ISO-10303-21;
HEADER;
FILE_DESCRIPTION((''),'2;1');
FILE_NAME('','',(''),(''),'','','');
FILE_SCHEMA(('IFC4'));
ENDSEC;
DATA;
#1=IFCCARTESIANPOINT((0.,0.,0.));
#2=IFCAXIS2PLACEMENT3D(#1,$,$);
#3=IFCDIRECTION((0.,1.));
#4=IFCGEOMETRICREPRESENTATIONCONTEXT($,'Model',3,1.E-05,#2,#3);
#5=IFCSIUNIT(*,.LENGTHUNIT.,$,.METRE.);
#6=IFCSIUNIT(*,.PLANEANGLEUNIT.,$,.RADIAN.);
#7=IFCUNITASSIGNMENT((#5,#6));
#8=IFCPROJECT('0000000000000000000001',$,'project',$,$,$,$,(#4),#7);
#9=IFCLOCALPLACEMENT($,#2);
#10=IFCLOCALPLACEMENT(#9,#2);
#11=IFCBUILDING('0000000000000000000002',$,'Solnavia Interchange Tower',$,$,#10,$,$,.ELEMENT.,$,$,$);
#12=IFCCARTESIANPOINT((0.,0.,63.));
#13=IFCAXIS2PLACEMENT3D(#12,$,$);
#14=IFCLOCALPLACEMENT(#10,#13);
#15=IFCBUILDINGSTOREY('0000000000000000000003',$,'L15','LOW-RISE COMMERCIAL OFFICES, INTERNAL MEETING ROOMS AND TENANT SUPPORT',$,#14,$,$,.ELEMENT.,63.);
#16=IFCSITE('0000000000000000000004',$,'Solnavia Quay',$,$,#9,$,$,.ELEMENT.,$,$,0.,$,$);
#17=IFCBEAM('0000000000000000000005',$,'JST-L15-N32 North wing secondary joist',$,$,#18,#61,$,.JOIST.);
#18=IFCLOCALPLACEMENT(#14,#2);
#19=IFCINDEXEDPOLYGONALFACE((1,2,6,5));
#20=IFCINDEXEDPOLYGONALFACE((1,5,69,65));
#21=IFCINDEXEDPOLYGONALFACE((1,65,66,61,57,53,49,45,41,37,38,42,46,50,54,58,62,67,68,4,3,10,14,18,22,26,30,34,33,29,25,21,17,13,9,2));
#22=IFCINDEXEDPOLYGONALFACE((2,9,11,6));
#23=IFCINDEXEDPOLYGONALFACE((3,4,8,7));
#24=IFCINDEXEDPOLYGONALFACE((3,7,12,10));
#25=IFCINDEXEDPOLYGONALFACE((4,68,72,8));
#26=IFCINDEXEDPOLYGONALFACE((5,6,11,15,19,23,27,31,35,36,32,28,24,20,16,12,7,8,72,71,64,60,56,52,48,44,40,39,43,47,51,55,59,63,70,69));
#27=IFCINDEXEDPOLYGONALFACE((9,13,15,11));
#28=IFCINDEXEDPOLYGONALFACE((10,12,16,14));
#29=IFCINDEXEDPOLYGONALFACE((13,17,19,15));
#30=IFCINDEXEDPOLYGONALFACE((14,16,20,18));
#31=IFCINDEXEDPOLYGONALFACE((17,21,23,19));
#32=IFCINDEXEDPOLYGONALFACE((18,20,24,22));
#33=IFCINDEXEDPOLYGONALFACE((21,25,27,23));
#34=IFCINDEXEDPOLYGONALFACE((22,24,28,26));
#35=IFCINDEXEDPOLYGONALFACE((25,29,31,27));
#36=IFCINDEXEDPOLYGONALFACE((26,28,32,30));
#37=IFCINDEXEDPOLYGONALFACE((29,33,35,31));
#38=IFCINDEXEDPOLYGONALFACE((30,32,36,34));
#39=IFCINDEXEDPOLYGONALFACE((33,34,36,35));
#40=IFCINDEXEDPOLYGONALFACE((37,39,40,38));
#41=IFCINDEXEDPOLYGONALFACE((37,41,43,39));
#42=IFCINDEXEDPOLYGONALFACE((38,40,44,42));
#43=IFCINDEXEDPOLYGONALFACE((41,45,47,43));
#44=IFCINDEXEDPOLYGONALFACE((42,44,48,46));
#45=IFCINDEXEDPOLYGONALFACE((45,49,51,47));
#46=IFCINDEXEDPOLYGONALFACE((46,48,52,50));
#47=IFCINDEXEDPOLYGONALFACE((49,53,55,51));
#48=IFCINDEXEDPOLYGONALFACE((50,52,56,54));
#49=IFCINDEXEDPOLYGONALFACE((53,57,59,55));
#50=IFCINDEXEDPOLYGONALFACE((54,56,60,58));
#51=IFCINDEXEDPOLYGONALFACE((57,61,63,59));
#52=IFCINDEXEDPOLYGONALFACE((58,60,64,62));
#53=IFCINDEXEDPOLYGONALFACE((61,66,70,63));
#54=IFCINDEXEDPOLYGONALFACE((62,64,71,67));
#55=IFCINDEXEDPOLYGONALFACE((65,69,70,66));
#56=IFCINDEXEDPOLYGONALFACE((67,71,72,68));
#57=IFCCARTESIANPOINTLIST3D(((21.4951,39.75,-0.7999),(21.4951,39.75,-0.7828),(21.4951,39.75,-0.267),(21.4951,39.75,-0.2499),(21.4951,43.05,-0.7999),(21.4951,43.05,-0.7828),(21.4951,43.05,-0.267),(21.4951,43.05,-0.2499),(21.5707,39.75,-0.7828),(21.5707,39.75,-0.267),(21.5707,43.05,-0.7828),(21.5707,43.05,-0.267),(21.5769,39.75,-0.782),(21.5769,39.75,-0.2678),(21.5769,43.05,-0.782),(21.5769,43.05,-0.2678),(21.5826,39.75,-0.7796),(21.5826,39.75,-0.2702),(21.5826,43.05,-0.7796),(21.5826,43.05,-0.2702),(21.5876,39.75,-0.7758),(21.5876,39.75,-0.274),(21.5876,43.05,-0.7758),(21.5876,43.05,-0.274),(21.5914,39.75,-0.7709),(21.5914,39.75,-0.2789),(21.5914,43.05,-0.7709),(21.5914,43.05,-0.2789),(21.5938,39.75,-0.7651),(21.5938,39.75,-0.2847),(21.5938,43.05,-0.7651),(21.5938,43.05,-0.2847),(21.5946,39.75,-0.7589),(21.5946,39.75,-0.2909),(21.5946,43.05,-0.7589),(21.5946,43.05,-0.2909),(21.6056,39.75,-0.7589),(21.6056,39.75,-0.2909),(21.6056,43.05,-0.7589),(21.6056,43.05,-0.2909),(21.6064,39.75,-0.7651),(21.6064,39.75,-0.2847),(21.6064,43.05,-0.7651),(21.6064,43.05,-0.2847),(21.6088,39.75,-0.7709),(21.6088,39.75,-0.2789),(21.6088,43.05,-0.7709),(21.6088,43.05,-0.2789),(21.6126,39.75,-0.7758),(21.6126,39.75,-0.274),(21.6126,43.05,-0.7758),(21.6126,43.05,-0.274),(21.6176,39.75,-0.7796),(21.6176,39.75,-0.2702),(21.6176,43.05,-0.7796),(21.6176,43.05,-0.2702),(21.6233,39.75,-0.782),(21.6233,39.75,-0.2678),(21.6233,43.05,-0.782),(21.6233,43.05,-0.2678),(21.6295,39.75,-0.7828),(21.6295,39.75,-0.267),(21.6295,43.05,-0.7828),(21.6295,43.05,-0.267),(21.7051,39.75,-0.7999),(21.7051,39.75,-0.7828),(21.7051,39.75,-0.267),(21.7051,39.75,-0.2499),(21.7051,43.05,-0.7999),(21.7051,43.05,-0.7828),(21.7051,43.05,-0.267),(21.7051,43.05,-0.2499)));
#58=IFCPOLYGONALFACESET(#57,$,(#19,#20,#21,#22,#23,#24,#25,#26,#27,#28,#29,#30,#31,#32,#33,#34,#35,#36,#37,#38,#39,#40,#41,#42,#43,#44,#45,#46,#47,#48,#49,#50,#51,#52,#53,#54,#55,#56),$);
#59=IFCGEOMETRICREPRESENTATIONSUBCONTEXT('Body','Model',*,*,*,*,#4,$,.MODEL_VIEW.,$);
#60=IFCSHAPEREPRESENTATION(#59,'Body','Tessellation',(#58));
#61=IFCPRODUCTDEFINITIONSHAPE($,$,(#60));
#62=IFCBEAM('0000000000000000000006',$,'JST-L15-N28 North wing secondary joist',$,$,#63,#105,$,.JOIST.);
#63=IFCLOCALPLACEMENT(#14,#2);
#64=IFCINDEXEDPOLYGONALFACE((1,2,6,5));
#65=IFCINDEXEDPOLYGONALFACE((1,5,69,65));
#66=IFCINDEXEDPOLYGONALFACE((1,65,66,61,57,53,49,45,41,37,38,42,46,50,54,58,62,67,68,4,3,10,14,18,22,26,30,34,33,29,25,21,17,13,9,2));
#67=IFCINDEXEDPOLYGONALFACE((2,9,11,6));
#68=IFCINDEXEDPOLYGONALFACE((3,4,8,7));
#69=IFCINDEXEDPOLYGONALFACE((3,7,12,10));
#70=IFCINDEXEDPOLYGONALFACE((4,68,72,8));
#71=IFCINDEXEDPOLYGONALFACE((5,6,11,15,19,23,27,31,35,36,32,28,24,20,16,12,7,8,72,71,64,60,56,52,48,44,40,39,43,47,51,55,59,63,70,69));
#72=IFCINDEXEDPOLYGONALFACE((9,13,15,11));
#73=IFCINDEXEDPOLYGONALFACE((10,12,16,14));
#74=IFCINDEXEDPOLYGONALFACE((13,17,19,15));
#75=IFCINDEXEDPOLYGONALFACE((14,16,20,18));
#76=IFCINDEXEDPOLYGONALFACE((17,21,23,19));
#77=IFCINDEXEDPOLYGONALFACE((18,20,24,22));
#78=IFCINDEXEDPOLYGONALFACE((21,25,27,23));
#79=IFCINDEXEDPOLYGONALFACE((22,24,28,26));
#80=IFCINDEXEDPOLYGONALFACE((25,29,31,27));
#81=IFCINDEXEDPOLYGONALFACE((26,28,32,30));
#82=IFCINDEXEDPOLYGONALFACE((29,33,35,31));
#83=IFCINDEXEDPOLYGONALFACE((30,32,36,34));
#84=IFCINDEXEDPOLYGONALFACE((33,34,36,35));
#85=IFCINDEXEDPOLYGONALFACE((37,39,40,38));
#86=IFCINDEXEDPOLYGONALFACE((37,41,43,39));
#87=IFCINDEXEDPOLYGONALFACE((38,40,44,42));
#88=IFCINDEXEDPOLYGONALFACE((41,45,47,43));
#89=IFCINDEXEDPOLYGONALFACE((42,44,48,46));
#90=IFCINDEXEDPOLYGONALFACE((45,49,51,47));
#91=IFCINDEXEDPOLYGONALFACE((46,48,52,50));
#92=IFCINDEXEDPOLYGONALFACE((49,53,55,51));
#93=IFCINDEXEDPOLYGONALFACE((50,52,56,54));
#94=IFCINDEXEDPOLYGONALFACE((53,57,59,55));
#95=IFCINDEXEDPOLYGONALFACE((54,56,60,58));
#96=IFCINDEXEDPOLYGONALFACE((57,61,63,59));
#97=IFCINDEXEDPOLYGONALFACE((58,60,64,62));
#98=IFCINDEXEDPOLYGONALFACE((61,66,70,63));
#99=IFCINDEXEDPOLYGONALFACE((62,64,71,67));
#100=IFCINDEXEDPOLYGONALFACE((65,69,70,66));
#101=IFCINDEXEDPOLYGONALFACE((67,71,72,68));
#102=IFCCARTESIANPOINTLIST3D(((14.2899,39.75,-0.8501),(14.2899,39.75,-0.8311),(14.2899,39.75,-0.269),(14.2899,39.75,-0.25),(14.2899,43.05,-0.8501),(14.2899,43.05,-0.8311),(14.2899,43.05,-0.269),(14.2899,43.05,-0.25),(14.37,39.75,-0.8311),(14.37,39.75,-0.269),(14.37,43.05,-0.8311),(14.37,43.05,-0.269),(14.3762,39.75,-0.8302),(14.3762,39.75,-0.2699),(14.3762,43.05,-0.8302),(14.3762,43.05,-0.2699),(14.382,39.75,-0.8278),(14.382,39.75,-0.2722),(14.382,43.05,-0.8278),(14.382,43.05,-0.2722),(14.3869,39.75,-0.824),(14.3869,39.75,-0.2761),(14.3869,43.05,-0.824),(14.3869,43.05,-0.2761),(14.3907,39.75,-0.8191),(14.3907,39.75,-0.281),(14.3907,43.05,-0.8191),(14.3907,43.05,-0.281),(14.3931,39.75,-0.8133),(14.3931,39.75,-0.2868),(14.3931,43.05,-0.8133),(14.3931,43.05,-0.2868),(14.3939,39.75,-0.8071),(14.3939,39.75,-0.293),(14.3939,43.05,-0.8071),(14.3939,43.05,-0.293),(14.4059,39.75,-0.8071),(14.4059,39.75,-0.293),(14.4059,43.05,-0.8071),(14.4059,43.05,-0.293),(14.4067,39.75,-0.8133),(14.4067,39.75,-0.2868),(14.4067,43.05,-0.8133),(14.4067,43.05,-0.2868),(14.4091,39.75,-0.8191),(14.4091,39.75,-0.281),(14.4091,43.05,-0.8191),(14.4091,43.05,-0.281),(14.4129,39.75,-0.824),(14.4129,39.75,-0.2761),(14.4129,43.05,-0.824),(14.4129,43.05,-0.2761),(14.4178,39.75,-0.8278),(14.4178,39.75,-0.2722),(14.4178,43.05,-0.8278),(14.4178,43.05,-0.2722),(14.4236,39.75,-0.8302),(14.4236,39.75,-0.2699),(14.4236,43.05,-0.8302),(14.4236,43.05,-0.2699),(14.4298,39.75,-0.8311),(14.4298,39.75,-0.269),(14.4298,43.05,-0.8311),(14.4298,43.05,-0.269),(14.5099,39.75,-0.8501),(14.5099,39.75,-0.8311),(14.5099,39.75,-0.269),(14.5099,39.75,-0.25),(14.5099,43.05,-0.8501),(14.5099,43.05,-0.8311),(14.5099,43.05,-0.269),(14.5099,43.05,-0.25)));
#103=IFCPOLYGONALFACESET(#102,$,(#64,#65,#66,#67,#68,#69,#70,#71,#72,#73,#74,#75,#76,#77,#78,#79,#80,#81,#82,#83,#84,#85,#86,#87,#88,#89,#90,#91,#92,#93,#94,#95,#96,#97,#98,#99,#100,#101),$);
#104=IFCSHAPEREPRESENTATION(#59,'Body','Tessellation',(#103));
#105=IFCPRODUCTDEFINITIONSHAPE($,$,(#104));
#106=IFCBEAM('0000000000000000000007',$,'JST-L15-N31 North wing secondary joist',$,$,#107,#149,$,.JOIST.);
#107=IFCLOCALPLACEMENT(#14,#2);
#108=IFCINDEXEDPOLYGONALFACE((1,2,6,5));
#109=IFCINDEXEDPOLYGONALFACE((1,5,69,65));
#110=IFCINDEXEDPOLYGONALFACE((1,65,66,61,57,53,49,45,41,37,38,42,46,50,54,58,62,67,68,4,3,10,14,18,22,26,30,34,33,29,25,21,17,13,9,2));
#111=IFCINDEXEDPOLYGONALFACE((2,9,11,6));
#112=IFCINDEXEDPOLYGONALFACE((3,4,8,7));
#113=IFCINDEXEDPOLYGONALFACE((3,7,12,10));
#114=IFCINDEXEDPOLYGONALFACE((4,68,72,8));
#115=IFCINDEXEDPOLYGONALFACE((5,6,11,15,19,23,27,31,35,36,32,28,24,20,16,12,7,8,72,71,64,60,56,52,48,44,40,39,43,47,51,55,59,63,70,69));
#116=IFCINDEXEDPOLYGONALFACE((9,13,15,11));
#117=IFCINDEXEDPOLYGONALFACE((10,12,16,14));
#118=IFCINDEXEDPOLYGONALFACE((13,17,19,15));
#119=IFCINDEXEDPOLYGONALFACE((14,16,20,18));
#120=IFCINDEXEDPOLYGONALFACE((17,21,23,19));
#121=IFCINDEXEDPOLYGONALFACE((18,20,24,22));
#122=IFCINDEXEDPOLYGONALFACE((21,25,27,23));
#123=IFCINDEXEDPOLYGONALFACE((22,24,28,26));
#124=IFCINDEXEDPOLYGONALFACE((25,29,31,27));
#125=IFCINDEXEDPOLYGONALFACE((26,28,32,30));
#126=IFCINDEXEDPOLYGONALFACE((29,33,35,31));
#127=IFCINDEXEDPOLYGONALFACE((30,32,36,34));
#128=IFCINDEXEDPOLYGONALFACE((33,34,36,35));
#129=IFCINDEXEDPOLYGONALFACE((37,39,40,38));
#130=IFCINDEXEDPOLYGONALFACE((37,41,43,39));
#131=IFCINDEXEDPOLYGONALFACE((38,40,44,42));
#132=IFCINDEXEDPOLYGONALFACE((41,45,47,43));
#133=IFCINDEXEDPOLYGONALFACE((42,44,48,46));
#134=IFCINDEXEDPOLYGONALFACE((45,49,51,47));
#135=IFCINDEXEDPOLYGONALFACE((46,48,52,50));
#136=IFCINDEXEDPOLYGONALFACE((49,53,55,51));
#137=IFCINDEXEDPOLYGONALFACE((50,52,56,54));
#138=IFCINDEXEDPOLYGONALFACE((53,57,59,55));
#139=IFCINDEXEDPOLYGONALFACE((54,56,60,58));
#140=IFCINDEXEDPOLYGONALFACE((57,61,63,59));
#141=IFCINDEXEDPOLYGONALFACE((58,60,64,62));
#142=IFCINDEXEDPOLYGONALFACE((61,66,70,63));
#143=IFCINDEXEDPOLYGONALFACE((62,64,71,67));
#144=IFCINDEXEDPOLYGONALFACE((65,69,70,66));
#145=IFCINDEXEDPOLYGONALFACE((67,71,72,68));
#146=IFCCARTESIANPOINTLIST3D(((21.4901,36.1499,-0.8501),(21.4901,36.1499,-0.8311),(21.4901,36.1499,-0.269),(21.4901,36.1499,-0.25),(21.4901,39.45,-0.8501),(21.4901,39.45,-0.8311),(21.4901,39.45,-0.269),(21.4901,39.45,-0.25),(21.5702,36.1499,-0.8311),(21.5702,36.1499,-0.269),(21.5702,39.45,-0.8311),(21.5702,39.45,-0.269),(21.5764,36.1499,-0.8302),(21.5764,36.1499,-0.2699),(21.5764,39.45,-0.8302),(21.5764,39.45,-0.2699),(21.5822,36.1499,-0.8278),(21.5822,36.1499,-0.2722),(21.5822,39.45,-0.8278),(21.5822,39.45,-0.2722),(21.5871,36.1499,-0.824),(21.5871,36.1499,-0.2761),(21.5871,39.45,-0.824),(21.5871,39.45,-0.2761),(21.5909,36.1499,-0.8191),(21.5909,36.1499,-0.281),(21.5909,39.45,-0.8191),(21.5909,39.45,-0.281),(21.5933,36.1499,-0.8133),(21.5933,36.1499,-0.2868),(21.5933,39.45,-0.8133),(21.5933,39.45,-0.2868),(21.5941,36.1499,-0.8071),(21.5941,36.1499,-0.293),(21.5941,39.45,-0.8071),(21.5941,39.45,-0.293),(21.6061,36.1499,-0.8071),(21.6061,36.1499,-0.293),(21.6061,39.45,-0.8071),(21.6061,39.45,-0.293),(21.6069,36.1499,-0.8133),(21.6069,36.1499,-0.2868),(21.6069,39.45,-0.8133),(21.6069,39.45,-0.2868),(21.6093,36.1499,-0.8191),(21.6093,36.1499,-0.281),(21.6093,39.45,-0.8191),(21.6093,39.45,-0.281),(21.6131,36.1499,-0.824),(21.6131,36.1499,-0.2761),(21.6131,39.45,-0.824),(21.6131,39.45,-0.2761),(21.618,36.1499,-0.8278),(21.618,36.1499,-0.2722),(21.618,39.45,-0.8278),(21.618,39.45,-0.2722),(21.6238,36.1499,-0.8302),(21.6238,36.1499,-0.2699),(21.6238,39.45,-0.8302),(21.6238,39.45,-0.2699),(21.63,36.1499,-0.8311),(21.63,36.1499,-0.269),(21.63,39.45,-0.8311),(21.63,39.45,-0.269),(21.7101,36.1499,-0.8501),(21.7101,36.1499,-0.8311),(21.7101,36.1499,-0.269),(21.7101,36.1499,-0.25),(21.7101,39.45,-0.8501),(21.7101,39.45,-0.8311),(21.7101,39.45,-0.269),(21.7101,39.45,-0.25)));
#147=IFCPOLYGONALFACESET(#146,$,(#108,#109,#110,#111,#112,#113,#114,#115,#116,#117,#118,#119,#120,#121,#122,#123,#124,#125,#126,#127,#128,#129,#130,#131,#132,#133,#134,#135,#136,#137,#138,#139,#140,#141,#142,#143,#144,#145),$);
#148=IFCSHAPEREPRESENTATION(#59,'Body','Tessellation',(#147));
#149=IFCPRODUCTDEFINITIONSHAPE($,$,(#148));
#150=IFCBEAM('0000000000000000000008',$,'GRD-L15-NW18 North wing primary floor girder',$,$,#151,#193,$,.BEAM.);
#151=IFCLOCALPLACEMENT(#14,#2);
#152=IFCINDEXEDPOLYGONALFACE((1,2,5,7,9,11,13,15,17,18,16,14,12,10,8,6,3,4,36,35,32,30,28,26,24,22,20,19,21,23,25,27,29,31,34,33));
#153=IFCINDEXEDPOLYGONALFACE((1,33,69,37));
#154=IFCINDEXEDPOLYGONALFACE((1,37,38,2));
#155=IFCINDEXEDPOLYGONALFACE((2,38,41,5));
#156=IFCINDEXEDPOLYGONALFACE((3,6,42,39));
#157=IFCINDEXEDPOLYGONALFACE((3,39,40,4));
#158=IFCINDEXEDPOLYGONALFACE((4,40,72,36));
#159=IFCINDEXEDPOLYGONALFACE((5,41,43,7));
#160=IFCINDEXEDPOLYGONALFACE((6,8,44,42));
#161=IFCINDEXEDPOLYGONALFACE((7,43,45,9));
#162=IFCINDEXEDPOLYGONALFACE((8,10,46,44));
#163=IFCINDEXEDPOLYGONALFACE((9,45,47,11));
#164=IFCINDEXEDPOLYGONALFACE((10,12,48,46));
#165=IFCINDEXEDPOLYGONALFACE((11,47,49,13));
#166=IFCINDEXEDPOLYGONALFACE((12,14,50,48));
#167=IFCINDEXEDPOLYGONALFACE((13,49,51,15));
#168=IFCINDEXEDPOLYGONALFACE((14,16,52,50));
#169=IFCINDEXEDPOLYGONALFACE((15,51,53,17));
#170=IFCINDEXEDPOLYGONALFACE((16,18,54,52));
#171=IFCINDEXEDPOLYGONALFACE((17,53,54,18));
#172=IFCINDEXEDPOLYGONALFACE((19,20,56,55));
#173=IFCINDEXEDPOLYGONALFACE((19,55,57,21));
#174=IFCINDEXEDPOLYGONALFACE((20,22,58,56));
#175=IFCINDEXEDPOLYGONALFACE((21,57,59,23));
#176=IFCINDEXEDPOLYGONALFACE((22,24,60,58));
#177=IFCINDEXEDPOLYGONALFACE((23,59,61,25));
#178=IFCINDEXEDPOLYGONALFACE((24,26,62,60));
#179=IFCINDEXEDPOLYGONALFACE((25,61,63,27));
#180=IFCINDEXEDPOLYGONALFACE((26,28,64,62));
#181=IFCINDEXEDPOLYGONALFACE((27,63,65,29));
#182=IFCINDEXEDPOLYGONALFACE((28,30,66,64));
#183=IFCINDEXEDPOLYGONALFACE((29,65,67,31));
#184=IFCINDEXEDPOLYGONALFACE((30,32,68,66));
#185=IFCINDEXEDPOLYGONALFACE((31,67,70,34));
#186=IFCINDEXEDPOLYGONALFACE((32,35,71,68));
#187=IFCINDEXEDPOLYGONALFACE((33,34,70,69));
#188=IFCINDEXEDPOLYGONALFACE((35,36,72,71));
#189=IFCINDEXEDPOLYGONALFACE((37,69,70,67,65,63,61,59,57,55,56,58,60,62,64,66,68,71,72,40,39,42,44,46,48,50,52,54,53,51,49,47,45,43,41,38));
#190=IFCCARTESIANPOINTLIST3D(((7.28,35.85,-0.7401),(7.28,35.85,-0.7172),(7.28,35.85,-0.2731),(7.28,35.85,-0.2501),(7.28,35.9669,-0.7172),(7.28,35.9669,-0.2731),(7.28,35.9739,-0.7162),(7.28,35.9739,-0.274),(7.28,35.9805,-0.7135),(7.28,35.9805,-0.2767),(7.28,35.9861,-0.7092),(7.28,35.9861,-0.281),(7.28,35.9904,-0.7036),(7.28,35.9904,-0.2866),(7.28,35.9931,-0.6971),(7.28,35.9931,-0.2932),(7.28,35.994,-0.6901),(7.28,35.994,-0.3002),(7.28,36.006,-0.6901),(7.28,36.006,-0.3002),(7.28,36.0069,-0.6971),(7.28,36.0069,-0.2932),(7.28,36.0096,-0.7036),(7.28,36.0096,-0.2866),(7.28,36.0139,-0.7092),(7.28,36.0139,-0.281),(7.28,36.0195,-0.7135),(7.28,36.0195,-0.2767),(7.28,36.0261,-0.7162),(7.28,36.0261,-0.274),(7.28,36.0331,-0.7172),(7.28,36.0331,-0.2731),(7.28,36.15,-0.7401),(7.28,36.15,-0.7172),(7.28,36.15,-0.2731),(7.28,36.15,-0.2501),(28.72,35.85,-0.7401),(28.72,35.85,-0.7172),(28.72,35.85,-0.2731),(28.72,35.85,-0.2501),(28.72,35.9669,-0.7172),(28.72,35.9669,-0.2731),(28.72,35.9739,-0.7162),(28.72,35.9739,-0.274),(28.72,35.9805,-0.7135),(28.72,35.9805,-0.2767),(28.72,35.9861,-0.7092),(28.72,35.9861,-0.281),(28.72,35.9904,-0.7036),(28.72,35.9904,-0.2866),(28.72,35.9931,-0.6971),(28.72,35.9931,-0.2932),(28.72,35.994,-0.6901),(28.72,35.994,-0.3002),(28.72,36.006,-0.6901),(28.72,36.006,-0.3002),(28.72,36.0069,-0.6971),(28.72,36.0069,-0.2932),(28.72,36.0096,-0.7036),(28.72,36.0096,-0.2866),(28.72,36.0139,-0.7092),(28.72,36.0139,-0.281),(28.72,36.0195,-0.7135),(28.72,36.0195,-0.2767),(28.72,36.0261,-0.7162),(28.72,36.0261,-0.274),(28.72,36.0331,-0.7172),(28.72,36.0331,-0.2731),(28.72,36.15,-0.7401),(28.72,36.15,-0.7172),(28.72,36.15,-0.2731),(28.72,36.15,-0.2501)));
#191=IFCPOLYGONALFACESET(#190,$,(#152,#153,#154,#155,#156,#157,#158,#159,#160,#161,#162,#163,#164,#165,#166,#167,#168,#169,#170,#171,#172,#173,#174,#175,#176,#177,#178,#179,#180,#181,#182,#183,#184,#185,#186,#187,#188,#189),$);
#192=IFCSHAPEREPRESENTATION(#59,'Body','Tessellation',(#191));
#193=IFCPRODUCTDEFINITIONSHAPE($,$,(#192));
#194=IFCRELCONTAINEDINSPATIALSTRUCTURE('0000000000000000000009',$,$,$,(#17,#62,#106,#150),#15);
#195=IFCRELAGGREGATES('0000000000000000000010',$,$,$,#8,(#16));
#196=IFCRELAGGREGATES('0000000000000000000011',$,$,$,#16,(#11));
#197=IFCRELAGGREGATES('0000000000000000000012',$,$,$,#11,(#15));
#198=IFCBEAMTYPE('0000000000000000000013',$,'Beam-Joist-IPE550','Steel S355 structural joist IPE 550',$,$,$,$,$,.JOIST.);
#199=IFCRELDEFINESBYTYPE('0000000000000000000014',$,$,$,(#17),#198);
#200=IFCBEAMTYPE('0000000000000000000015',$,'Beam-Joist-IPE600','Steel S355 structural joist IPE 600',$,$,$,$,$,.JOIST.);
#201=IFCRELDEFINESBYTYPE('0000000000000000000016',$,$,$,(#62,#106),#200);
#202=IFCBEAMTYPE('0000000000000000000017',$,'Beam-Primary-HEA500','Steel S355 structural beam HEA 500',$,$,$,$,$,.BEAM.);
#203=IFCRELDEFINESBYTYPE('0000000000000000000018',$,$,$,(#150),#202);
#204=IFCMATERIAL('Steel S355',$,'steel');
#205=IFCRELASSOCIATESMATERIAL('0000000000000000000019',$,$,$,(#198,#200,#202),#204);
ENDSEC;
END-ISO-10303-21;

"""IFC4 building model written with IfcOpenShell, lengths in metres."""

from ifc_helpers import new_model, si_unit, direction, frame, origin, origin_2d, place, context, subcontext, project, spatial, i_section, extrude, material, material_profile, profile_set, type_object, element, save


model = new_model("IFC4")

# Units and contexts
model_context = context("Model", 3, precision=1e-05, world=origin(), true_north=direction((0.0, 1.0)))
body_context = subcontext(model_context, "Body", "Model", "MODEL_VIEW")
ifc_project = project(units=[si_unit("LENGTHUNIT", "METRE"), si_unit("PLANEANGLEUNIT", "RADIAN")], contexts=[model_context])

# Site, building, storey
site_placement = place(None, origin())
site = spatial("IfcSite", under=ifc_project, at=site_placement, Name="Solnavia Quay", CompositionType="ELEMENT", RefElevation=0.0)
building_placement = place(site_placement, origin())
building = spatial("IfcBuilding", under=site, at=building_placement, Name="Solnavia Interchange Tower", CompositionType="ELEMENT")
storey_placement = place(building_placement, frame((0.0, 0.0, 63.0)))
storey = spatial("IfcBuildingStorey", under=building, at=storey_placement, Name="L15", Description="LOW-RISE COMMERCIAL OFFICES, INTERNAL MEETING ROOMS AND TENANT SUPPORT", CompositionType="ELEMENT", Elevation=63.0)

# Shared definitions
ifc_material_1 = material(Name="Steel S355", Category="steel")

# Beams
ifc_material_profile_1 = material_profile(ifc_material_1, i_section(OverallWidth=0.21, OverallDepth=0.55, WebThickness=0.011, FlangeThickness=0.0171, FilletRadius=0.0239, at=origin_2d()), Name="IPE 550")
ifc_profile_set_1 = profile_set([ifc_material_profile_1], Name="Steel S355")
beam_type_1 = type_object("IfcBeamType", Name="Beam-Joist-IPE550", Description="Steel S355 structural joist IPE 550", PredefinedType="JOIST", material=ifc_profile_set_1)
for number, where, z_axis, x_axis, name in (
    (1, (21.6001, 39.75, -0.5249), (0.0, 1.0, 0.0), (-1.0, 0.0, 0.0), "JST-L15-N32 North wing secondary joist"),
):
    element("IfcBeam", number, at=place(storey_placement, frame(where, z_axis=z_axis, x_axis=x_axis)), inside=storey, type_object=beam_type_1, Name=name, PredefinedType="JOIST", context=body_context, shape_type="SweptSolid", body=[
        extrude(i_section(OverallWidth=0.21, OverallDepth=0.55, WebThickness=0.011, FlangeThickness=0.0171, FilletRadius=0.0239, at=origin_2d()), origin(), (0.0, 0.0, 1.0), 3.3),
    ])
ifc_material_profile_2 = material_profile(ifc_material_1, i_section(OverallWidth=0.22, OverallDepth=0.6001, WebThickness=0.012, FlangeThickness=0.019, FilletRadius=0.0239, at=origin_2d()), Name="IPE 600")
ifc_profile_set_2 = profile_set([ifc_material_profile_2], Name="Steel S355")
beam_type_2 = type_object("IfcBeamType", Name="Beam-Joist-IPE600", Description="Steel S355 structural joist IPE 600", PredefinedType="JOIST", material=ifc_profile_set_2)
for number, where, z_axis, x_axis, name in (
    (2, (14.3999, 39.75, -0.55), (0.0, 1.0, 0.0), (-1.0, 0.0, 0.0), "JST-L15-N28 North wing secondary joist"),
    (3, (21.6001, 36.1499, -0.55), (0.0, 1.0, 0.0), (-1.0, 0.0, 0.0), "JST-L15-N31 North wing secondary joist"),
):
    element("IfcBeam", number, at=place(storey_placement, frame(where, z_axis=z_axis, x_axis=x_axis)), inside=storey, type_object=beam_type_2, Name=name, PredefinedType="JOIST", context=body_context, shape_type="SweptSolid", body=[
        extrude(i_section(OverallWidth=0.22, OverallDepth=0.6001, WebThickness=0.012, FlangeThickness=0.019, FilletRadius=0.0239, at=origin_2d()), origin(), (0.0, 0.0, 1.0), 3.3),
    ])
ifc_material_profile_3 = material_profile(ifc_material_1, i_section(OverallWidth=0.3, OverallDepth=0.49, WebThickness=0.012, FlangeThickness=0.0229, FilletRadius=0.0271, at=origin_2d()), Name="HEA 500")
ifc_profile_set_3 = profile_set([ifc_material_profile_3], Name="Steel S355")
beam_type_3 = type_object("IfcBeamType", Name="Beam-Primary-HEA500", Description="Steel S355 structural beam HEA 500", PredefinedType="BEAM", material=ifc_profile_set_3)
beam_1_placement = place(storey_placement, frame((7.28, 36.0, -0.4951), z_axis=(1.0, 0.0, 0.0), x_axis=(0.0, 1.0, 0.0)))
element("IfcBeam", 4, at=beam_1_placement, inside=storey, type_object=beam_type_3, Name="GRD-L15-NW18 North wing primary floor girder", PredefinedType="BEAM", context=body_context, shape_type="SweptSolid", body=[
    extrude(i_section(OverallWidth=0.3, OverallDepth=0.49, WebThickness=0.012, FlangeThickness=0.0229, FilletRadius=0.0271, at=origin_2d()), origin(), (0.0, 0.0, 1.0), 21.4399),
])

save(model, "model.ifc")
